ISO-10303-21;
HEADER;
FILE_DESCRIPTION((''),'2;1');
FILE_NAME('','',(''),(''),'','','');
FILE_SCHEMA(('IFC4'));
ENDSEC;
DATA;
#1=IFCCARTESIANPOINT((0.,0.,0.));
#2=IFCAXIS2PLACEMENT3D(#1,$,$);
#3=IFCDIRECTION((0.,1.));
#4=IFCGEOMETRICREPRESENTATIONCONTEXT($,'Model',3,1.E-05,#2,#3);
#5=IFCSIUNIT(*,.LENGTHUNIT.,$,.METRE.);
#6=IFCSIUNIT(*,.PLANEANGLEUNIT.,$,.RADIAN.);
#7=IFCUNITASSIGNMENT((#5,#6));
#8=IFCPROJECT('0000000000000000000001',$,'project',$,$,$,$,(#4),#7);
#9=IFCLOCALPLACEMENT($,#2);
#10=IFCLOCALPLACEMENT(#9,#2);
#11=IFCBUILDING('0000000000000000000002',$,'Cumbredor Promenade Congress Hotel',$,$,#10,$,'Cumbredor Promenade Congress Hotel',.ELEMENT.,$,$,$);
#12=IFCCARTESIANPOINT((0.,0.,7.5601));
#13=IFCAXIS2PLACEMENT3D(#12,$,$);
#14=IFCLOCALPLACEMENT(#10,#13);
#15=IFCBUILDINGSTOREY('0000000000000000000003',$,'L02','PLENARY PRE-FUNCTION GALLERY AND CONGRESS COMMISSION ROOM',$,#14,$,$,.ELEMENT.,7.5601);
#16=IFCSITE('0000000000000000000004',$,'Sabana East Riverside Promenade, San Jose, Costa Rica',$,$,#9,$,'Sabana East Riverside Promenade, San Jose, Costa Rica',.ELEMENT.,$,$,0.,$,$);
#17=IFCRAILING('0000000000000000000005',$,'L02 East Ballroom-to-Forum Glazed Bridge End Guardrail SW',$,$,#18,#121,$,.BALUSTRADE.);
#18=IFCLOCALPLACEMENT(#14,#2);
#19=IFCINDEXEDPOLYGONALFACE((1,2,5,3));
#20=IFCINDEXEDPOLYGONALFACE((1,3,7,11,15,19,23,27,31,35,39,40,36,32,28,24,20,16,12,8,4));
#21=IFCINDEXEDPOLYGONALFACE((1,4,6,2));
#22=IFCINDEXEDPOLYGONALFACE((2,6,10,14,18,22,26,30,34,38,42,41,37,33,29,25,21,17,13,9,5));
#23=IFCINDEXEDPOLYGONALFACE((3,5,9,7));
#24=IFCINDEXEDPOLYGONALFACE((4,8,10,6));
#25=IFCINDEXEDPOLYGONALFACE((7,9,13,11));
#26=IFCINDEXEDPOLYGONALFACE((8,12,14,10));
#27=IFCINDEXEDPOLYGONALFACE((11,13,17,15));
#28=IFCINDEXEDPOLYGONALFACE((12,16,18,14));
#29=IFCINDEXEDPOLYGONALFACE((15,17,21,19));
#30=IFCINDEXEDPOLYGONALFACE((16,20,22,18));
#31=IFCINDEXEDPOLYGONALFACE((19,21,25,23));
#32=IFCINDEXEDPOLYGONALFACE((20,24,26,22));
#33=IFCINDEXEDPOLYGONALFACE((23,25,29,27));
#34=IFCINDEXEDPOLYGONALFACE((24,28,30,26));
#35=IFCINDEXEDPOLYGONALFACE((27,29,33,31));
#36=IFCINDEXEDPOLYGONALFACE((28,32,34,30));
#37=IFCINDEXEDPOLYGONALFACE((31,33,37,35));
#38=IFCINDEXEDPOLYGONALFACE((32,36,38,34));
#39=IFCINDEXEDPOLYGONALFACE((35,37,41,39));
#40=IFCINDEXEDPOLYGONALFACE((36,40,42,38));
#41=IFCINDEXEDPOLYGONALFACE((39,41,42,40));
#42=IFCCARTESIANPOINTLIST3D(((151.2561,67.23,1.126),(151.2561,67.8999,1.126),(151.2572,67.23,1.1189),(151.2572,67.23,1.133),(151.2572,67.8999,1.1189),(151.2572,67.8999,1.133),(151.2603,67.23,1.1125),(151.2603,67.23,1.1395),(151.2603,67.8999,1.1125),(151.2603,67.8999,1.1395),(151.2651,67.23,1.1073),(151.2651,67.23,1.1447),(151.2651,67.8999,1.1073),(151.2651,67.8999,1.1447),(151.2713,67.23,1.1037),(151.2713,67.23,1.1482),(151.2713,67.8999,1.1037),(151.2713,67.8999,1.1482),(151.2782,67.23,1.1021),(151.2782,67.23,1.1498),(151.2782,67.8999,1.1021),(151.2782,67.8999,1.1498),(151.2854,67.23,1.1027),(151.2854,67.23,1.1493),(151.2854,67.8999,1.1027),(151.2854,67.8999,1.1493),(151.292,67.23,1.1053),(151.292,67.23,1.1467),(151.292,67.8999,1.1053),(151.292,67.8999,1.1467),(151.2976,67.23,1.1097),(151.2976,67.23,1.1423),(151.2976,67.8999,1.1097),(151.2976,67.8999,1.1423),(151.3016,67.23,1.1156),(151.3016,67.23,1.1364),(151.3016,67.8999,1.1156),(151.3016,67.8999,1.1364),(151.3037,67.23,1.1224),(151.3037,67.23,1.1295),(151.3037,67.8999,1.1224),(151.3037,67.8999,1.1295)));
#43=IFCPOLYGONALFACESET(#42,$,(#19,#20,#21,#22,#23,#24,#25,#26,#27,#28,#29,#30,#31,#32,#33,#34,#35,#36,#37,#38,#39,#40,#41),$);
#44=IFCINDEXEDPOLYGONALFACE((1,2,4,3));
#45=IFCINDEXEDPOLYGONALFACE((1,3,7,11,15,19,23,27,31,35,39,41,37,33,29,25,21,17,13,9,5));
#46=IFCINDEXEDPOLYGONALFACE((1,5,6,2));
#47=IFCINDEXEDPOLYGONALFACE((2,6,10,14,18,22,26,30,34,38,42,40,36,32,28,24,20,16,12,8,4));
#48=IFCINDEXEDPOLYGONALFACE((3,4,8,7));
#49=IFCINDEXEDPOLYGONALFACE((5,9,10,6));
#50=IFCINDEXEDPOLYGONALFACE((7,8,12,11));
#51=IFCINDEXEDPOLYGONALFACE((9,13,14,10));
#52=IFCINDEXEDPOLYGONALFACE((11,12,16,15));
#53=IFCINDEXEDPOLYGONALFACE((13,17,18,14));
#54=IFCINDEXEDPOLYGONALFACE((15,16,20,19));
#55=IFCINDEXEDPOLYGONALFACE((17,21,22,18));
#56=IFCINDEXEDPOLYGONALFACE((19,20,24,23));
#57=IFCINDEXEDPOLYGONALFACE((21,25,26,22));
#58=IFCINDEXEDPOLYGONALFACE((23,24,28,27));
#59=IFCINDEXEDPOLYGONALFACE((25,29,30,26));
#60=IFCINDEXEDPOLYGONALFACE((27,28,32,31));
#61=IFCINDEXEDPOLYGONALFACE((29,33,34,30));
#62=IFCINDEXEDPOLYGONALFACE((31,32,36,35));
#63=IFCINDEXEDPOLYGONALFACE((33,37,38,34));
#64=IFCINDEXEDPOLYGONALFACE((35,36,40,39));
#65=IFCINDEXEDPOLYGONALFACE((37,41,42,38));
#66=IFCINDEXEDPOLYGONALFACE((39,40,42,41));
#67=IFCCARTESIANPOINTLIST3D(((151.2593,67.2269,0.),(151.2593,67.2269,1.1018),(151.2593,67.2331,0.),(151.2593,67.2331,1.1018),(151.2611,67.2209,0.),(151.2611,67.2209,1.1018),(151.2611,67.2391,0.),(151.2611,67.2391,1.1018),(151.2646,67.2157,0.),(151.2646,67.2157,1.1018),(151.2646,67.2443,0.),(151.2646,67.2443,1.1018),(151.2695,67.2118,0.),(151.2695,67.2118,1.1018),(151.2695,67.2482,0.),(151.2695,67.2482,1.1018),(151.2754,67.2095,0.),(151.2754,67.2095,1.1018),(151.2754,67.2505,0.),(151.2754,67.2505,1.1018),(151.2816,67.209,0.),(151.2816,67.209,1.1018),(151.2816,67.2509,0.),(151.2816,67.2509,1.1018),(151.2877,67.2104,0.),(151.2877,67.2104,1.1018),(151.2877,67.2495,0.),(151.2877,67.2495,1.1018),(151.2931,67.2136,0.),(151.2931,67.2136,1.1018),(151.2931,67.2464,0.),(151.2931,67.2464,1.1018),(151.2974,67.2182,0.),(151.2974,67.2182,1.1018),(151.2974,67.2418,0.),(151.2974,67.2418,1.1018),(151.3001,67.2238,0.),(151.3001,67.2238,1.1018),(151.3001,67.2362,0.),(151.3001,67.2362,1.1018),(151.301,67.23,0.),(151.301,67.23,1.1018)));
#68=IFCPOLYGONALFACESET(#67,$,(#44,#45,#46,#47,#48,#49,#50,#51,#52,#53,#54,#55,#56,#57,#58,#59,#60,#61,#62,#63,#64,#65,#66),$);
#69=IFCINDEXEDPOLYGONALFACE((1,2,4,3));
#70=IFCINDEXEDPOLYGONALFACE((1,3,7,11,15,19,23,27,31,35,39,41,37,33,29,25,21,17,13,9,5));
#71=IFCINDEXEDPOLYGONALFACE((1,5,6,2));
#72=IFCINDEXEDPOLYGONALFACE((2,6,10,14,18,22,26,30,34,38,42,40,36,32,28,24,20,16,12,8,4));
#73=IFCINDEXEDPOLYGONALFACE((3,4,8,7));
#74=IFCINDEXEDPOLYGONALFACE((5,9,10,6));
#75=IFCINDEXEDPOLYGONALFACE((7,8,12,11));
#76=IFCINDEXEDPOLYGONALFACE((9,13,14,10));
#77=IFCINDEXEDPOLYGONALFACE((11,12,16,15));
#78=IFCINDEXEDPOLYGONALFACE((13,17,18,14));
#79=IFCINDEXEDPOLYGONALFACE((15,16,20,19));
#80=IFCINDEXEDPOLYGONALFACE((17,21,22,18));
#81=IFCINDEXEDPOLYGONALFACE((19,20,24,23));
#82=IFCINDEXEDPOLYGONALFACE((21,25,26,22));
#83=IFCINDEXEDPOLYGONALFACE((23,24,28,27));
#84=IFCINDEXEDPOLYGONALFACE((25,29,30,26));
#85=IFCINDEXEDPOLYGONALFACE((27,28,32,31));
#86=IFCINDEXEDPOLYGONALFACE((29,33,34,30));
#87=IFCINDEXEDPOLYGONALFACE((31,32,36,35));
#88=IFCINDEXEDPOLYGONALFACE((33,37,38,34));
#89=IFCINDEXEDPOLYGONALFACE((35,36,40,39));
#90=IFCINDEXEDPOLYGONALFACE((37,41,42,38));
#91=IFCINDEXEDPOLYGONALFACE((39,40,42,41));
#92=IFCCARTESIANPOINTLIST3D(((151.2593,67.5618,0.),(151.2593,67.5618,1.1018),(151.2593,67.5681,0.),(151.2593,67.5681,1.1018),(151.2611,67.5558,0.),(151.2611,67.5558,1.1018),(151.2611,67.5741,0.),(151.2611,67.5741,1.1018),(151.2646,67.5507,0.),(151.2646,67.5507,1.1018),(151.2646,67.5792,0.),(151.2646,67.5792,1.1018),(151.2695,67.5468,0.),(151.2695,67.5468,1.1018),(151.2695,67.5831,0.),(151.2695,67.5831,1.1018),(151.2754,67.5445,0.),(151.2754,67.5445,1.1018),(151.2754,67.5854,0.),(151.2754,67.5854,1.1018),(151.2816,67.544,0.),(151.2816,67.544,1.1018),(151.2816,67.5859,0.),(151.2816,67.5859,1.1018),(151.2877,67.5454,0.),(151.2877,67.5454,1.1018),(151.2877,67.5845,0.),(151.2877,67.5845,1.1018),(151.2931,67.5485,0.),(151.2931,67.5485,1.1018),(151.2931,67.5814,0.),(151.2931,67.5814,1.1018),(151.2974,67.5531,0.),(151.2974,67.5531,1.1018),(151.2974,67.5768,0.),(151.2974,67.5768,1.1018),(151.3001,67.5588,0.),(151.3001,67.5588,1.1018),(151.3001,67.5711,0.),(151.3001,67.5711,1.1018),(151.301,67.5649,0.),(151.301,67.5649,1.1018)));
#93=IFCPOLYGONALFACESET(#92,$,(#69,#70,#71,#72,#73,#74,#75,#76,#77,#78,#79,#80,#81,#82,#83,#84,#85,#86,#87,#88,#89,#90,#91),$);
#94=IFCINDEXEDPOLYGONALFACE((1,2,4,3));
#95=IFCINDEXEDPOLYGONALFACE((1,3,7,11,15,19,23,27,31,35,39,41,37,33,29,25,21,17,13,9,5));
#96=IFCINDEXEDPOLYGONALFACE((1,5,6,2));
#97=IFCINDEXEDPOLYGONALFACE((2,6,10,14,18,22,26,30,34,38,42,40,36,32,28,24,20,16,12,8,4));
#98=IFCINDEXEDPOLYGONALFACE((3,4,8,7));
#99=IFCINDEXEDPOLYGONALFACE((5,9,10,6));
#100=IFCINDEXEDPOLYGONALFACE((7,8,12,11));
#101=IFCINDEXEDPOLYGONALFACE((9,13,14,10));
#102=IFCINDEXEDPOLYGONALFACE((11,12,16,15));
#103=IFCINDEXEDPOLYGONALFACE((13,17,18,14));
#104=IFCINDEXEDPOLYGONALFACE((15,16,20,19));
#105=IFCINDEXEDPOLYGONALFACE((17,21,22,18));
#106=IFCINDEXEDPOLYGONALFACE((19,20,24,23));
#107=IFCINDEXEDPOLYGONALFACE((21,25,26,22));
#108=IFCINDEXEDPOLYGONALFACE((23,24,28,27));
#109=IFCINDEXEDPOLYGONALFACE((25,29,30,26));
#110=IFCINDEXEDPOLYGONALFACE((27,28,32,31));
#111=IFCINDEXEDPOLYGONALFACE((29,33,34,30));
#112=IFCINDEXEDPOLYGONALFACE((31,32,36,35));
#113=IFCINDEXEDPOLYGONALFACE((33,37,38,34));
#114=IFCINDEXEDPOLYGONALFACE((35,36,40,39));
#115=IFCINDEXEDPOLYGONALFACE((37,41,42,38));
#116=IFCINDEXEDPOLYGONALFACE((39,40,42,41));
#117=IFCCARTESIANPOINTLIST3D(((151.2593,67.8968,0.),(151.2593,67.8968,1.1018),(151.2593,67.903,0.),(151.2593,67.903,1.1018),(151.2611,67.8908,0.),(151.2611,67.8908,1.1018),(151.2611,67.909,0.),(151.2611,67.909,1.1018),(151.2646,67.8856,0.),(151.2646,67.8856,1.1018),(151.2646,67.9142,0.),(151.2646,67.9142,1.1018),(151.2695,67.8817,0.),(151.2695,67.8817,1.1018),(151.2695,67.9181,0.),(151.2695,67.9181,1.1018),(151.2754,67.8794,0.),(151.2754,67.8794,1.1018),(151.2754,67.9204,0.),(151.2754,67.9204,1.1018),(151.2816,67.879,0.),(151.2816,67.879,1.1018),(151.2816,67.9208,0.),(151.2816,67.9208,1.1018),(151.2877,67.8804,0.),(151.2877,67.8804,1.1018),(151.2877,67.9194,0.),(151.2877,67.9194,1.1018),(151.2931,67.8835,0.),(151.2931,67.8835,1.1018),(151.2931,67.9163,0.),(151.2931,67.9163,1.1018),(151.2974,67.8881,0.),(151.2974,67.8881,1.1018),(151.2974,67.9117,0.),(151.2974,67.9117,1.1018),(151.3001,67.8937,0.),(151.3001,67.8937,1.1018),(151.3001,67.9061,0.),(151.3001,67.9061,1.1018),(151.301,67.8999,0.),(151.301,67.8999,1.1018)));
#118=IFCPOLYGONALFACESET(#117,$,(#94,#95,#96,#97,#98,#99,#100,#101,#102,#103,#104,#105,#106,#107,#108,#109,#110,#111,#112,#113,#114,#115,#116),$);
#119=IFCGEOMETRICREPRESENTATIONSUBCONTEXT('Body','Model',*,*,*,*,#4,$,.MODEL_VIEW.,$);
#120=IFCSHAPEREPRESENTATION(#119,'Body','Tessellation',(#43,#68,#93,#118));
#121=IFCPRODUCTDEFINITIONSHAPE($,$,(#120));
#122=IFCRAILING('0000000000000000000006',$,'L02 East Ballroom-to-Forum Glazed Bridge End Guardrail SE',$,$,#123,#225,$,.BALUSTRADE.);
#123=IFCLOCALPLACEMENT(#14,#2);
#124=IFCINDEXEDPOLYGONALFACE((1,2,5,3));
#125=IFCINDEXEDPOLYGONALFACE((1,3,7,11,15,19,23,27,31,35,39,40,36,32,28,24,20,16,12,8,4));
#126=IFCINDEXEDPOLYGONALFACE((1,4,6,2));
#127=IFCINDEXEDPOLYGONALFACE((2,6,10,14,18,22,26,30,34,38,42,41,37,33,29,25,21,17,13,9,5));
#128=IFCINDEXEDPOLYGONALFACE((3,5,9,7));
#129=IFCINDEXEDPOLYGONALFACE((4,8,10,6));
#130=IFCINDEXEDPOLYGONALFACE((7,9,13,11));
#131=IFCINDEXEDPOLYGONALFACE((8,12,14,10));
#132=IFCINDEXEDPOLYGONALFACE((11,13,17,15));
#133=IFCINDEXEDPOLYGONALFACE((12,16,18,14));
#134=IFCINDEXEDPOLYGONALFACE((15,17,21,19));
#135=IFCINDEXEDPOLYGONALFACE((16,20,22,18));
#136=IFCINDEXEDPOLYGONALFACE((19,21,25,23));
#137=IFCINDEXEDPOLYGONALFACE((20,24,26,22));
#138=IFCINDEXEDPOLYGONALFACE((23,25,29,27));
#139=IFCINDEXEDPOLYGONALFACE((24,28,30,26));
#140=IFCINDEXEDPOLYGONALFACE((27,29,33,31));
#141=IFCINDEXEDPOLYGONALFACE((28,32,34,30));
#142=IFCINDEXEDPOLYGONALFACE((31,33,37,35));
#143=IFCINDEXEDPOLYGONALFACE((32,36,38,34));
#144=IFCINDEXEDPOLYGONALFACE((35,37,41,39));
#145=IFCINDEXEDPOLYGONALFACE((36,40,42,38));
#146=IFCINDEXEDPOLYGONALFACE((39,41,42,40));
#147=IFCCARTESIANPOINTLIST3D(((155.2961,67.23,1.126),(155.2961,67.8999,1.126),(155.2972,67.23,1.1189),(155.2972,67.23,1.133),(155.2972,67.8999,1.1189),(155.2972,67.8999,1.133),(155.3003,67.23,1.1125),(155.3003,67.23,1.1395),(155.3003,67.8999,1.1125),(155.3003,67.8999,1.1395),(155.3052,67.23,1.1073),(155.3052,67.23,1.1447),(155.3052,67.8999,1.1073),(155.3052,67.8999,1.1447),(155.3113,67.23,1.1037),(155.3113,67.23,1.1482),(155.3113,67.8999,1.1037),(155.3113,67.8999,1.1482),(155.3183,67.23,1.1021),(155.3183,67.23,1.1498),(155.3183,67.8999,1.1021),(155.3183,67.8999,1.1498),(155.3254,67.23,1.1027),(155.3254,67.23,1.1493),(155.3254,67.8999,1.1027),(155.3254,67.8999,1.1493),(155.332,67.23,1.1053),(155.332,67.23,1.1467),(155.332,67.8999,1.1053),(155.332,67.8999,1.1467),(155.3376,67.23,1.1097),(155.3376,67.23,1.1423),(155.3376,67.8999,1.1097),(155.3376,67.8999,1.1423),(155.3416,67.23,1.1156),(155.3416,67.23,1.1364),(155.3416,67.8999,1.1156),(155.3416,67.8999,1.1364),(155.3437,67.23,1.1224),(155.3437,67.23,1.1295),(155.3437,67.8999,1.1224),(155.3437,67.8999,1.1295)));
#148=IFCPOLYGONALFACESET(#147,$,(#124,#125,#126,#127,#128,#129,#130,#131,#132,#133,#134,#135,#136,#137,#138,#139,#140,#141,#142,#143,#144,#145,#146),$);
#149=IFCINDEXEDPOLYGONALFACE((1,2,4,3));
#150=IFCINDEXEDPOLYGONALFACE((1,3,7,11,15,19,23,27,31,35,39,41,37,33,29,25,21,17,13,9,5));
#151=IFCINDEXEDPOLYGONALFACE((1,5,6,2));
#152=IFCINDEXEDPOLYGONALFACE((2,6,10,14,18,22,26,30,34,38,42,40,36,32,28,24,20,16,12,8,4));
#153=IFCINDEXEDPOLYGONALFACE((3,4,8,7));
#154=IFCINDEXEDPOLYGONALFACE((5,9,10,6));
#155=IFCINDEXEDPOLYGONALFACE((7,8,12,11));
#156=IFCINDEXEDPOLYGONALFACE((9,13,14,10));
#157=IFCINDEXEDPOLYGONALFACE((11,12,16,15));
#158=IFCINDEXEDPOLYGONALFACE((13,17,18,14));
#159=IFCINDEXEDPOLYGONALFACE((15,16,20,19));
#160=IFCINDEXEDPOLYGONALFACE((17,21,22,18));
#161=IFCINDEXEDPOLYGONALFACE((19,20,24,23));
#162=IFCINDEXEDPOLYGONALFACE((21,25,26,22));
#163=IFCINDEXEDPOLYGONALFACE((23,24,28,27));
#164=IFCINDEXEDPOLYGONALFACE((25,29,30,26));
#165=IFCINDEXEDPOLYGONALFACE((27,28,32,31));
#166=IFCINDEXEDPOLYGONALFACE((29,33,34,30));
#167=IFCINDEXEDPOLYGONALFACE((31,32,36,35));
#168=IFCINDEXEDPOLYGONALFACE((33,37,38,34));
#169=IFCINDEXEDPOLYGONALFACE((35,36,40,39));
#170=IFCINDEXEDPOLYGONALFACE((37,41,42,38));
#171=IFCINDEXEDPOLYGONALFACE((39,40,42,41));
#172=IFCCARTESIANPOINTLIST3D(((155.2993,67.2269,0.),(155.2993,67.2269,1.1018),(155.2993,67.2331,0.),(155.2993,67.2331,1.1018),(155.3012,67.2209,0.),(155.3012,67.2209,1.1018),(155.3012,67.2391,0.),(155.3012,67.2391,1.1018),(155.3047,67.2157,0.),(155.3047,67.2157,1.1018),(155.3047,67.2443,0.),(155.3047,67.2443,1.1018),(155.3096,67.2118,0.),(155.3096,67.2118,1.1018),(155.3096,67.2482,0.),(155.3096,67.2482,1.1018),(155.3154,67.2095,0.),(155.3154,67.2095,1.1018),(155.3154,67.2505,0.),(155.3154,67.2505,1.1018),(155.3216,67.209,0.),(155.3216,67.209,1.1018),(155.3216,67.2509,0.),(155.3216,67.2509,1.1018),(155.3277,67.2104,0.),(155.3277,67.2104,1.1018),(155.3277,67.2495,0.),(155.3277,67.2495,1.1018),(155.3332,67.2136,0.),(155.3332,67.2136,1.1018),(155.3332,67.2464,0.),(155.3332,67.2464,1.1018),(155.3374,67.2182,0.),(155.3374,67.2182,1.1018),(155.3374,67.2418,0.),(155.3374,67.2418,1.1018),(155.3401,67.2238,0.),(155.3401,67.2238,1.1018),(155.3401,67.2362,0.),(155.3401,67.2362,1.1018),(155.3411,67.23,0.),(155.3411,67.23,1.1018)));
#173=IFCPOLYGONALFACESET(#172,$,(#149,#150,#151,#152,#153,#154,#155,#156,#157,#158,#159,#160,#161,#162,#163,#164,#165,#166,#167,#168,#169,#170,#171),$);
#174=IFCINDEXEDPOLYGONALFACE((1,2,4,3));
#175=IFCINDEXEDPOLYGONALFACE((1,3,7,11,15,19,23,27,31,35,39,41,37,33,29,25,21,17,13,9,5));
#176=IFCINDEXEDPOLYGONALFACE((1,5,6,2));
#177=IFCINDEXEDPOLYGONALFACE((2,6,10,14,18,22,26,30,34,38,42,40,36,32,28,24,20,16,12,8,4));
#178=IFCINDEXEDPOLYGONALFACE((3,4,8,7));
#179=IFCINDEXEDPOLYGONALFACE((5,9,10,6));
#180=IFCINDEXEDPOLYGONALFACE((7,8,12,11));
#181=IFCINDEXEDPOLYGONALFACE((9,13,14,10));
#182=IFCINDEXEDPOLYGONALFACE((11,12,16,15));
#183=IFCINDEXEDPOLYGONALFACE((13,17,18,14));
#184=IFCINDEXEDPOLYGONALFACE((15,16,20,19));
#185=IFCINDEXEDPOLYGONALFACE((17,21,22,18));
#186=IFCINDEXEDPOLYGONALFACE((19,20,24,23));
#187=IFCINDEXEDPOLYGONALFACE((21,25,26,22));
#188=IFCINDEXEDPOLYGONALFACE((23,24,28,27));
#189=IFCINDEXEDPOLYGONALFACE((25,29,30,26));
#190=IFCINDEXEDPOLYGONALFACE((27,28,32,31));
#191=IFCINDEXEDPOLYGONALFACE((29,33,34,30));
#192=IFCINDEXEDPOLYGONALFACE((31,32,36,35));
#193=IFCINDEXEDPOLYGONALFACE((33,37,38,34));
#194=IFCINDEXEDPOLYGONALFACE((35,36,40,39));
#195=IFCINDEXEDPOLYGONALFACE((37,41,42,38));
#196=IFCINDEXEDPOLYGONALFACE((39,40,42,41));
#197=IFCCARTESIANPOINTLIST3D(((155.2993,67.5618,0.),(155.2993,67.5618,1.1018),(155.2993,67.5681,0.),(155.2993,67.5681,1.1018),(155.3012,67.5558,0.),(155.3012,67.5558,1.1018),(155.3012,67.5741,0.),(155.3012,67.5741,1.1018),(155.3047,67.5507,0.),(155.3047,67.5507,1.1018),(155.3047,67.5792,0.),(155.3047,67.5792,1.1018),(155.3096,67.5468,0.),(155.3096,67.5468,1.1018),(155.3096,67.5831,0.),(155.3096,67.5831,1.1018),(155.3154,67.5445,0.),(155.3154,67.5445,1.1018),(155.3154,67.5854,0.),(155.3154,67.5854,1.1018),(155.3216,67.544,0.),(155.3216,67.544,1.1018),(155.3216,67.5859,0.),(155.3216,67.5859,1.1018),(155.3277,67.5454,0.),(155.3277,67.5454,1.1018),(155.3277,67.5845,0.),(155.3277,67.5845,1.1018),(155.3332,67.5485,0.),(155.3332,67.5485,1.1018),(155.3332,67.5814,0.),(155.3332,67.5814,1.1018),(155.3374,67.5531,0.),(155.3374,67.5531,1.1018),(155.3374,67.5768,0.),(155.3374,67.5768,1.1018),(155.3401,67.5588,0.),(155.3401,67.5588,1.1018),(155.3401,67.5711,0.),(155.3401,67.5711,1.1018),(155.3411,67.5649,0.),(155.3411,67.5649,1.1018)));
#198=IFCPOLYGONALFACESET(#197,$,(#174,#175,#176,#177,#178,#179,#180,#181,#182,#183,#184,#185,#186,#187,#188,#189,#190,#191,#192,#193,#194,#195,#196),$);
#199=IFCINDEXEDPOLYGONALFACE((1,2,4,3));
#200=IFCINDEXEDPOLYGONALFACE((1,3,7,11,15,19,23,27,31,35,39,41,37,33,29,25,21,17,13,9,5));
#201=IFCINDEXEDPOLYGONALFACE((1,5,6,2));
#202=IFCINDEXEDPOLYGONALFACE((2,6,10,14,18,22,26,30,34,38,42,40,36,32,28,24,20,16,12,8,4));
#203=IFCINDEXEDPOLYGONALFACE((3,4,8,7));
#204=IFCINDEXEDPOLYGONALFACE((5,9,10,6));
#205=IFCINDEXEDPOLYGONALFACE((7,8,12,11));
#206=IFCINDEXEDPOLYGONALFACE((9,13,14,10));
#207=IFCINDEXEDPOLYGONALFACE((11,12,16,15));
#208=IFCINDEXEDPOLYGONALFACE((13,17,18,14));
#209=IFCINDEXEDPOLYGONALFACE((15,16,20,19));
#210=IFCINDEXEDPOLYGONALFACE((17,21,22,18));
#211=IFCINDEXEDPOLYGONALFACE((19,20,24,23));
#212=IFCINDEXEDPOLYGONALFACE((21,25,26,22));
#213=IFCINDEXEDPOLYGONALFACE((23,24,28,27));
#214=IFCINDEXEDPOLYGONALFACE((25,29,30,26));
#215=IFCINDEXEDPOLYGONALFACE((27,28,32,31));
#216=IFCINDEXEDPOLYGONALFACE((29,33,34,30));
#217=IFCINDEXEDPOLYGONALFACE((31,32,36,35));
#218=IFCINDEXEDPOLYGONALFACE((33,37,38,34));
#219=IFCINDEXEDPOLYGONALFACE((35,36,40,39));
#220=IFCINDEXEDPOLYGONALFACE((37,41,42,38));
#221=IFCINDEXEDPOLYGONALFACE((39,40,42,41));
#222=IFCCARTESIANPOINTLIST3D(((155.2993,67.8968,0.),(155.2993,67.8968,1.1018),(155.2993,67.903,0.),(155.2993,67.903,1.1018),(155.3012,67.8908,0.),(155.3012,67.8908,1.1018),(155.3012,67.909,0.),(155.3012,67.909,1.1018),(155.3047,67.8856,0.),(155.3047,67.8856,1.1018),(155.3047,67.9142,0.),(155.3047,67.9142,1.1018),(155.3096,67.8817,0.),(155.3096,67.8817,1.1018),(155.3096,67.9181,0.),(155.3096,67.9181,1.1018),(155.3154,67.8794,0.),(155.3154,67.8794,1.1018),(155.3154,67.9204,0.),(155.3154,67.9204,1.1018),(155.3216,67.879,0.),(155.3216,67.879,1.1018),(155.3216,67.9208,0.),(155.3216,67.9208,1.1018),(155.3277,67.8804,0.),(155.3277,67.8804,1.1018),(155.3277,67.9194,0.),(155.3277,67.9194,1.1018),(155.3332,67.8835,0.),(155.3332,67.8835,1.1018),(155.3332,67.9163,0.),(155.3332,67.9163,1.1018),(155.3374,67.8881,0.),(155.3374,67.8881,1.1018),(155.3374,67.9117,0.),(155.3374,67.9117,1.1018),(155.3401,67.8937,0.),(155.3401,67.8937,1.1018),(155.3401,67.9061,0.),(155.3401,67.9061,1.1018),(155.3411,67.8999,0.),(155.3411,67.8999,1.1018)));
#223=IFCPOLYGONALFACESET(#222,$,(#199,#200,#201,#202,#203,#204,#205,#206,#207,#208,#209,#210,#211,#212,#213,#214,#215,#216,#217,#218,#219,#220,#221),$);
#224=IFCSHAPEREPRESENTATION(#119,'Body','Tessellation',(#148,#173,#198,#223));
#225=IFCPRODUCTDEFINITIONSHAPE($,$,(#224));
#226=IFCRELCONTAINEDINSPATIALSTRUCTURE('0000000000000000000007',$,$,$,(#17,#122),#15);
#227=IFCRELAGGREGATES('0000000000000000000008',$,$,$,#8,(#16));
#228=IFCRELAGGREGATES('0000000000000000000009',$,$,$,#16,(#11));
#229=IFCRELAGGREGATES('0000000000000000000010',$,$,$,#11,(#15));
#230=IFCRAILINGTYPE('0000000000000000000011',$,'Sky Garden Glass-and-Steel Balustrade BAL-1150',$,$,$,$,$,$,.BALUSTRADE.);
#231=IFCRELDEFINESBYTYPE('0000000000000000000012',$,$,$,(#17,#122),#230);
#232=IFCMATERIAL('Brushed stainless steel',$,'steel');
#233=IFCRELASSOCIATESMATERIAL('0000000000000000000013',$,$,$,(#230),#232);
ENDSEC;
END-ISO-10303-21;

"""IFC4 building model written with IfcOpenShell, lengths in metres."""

from ifc_helpers import new_model, si_unit, direction, frame, origin, origin_2d, place, context, subcontext, project, spatial, circle, extrude, material, type_object, element, save


model = new_model("IFC4")

# Units and contexts
model_context = context("Model", 3, precision=1e-05, world=origin(), true_north=direction((0.0, 1.0)))
body_context = subcontext(model_context, "Body", "Model", "MODEL_VIEW")
ifc_project = project(units=[si_unit("LENGTHUNIT", "METRE"), si_unit("PLANEANGLEUNIT", "RADIAN")], contexts=[model_context])

# Site, building, storey
site_placement = place(None, origin())
site = spatial("IfcSite", under=ifc_project, at=site_placement, Name="Sabana East Riverside Promenade, San Jose, Costa Rica", LongName="Sabana East Riverside Promenade, San Jose, Costa Rica", CompositionType="ELEMENT", RefElevation=0.0)
building_placement = place(site_placement, origin())
building = spatial("IfcBuilding", under=site, at=building_placement, Name="Cumbredor Promenade Congress Hotel", LongName="Cumbredor Promenade Congress Hotel", CompositionType="ELEMENT")
storey_placement = place(building_placement, frame((0.0, 0.0, 7.5601)))
storey = spatial("IfcBuildingStorey", under=building, at=storey_placement, Name="L02", Description="PLENARY PRE-FUNCTION GALLERY AND CONGRESS COMMISSION ROOM", CompositionType="ELEMENT", Elevation=7.5601)

# Railings
ifc_material_1 = material(Name="Brushed stainless steel", Category="steel")
railing_type = type_object("IfcRailingType", Name="Sky Garden Glass-and-Steel Balustrade BAL-1150", PredefinedType="BALUSTRADE", material=ifc_material_1)
for number, where, name in (
    (1, (151.28, 67.23, 0.0), "L02 East Ballroom-to-Forum Glazed Bridge End Guardrail SW"),
    (2, (155.3201, 67.23, 0.0), "L02 East Ballroom-to-Forum Glazed Bridge End Guardrail SE"),
):
    element("IfcRailing", number, at=place(storey_placement, frame(where)), inside=storey, type_object=railing_type, Name=name, PredefinedType="BALUSTRADE", context=body_context, shape_type="SweptSolid", body=[
        extrude(circle(Radius=0.0239, at=origin_2d()), frame((0.0, 0.0, 1.126), z_axis=(0.0, 1.0, 0.0), x_axis=(-1.0, 0.0, 0.0)), (0.0, 0.0, 1.0), 0.6699),
        extrude(circle(Radius=0.021, at=origin_2d()), origin(), (0.0, 0.0, 1.0), 1.1018),
        extrude(circle(Radius=0.021, at=origin_2d()), frame((0.0, 0.335, 0.0)), (0.0, 0.0, 1.0), 1.1018),
        extrude(circle(Radius=0.021, at=origin_2d()), frame((0.0, 0.6699, 0.0)), (0.0, 0.0, 1.0), 1.1018),
    ])

save(model, "model.ifc")
